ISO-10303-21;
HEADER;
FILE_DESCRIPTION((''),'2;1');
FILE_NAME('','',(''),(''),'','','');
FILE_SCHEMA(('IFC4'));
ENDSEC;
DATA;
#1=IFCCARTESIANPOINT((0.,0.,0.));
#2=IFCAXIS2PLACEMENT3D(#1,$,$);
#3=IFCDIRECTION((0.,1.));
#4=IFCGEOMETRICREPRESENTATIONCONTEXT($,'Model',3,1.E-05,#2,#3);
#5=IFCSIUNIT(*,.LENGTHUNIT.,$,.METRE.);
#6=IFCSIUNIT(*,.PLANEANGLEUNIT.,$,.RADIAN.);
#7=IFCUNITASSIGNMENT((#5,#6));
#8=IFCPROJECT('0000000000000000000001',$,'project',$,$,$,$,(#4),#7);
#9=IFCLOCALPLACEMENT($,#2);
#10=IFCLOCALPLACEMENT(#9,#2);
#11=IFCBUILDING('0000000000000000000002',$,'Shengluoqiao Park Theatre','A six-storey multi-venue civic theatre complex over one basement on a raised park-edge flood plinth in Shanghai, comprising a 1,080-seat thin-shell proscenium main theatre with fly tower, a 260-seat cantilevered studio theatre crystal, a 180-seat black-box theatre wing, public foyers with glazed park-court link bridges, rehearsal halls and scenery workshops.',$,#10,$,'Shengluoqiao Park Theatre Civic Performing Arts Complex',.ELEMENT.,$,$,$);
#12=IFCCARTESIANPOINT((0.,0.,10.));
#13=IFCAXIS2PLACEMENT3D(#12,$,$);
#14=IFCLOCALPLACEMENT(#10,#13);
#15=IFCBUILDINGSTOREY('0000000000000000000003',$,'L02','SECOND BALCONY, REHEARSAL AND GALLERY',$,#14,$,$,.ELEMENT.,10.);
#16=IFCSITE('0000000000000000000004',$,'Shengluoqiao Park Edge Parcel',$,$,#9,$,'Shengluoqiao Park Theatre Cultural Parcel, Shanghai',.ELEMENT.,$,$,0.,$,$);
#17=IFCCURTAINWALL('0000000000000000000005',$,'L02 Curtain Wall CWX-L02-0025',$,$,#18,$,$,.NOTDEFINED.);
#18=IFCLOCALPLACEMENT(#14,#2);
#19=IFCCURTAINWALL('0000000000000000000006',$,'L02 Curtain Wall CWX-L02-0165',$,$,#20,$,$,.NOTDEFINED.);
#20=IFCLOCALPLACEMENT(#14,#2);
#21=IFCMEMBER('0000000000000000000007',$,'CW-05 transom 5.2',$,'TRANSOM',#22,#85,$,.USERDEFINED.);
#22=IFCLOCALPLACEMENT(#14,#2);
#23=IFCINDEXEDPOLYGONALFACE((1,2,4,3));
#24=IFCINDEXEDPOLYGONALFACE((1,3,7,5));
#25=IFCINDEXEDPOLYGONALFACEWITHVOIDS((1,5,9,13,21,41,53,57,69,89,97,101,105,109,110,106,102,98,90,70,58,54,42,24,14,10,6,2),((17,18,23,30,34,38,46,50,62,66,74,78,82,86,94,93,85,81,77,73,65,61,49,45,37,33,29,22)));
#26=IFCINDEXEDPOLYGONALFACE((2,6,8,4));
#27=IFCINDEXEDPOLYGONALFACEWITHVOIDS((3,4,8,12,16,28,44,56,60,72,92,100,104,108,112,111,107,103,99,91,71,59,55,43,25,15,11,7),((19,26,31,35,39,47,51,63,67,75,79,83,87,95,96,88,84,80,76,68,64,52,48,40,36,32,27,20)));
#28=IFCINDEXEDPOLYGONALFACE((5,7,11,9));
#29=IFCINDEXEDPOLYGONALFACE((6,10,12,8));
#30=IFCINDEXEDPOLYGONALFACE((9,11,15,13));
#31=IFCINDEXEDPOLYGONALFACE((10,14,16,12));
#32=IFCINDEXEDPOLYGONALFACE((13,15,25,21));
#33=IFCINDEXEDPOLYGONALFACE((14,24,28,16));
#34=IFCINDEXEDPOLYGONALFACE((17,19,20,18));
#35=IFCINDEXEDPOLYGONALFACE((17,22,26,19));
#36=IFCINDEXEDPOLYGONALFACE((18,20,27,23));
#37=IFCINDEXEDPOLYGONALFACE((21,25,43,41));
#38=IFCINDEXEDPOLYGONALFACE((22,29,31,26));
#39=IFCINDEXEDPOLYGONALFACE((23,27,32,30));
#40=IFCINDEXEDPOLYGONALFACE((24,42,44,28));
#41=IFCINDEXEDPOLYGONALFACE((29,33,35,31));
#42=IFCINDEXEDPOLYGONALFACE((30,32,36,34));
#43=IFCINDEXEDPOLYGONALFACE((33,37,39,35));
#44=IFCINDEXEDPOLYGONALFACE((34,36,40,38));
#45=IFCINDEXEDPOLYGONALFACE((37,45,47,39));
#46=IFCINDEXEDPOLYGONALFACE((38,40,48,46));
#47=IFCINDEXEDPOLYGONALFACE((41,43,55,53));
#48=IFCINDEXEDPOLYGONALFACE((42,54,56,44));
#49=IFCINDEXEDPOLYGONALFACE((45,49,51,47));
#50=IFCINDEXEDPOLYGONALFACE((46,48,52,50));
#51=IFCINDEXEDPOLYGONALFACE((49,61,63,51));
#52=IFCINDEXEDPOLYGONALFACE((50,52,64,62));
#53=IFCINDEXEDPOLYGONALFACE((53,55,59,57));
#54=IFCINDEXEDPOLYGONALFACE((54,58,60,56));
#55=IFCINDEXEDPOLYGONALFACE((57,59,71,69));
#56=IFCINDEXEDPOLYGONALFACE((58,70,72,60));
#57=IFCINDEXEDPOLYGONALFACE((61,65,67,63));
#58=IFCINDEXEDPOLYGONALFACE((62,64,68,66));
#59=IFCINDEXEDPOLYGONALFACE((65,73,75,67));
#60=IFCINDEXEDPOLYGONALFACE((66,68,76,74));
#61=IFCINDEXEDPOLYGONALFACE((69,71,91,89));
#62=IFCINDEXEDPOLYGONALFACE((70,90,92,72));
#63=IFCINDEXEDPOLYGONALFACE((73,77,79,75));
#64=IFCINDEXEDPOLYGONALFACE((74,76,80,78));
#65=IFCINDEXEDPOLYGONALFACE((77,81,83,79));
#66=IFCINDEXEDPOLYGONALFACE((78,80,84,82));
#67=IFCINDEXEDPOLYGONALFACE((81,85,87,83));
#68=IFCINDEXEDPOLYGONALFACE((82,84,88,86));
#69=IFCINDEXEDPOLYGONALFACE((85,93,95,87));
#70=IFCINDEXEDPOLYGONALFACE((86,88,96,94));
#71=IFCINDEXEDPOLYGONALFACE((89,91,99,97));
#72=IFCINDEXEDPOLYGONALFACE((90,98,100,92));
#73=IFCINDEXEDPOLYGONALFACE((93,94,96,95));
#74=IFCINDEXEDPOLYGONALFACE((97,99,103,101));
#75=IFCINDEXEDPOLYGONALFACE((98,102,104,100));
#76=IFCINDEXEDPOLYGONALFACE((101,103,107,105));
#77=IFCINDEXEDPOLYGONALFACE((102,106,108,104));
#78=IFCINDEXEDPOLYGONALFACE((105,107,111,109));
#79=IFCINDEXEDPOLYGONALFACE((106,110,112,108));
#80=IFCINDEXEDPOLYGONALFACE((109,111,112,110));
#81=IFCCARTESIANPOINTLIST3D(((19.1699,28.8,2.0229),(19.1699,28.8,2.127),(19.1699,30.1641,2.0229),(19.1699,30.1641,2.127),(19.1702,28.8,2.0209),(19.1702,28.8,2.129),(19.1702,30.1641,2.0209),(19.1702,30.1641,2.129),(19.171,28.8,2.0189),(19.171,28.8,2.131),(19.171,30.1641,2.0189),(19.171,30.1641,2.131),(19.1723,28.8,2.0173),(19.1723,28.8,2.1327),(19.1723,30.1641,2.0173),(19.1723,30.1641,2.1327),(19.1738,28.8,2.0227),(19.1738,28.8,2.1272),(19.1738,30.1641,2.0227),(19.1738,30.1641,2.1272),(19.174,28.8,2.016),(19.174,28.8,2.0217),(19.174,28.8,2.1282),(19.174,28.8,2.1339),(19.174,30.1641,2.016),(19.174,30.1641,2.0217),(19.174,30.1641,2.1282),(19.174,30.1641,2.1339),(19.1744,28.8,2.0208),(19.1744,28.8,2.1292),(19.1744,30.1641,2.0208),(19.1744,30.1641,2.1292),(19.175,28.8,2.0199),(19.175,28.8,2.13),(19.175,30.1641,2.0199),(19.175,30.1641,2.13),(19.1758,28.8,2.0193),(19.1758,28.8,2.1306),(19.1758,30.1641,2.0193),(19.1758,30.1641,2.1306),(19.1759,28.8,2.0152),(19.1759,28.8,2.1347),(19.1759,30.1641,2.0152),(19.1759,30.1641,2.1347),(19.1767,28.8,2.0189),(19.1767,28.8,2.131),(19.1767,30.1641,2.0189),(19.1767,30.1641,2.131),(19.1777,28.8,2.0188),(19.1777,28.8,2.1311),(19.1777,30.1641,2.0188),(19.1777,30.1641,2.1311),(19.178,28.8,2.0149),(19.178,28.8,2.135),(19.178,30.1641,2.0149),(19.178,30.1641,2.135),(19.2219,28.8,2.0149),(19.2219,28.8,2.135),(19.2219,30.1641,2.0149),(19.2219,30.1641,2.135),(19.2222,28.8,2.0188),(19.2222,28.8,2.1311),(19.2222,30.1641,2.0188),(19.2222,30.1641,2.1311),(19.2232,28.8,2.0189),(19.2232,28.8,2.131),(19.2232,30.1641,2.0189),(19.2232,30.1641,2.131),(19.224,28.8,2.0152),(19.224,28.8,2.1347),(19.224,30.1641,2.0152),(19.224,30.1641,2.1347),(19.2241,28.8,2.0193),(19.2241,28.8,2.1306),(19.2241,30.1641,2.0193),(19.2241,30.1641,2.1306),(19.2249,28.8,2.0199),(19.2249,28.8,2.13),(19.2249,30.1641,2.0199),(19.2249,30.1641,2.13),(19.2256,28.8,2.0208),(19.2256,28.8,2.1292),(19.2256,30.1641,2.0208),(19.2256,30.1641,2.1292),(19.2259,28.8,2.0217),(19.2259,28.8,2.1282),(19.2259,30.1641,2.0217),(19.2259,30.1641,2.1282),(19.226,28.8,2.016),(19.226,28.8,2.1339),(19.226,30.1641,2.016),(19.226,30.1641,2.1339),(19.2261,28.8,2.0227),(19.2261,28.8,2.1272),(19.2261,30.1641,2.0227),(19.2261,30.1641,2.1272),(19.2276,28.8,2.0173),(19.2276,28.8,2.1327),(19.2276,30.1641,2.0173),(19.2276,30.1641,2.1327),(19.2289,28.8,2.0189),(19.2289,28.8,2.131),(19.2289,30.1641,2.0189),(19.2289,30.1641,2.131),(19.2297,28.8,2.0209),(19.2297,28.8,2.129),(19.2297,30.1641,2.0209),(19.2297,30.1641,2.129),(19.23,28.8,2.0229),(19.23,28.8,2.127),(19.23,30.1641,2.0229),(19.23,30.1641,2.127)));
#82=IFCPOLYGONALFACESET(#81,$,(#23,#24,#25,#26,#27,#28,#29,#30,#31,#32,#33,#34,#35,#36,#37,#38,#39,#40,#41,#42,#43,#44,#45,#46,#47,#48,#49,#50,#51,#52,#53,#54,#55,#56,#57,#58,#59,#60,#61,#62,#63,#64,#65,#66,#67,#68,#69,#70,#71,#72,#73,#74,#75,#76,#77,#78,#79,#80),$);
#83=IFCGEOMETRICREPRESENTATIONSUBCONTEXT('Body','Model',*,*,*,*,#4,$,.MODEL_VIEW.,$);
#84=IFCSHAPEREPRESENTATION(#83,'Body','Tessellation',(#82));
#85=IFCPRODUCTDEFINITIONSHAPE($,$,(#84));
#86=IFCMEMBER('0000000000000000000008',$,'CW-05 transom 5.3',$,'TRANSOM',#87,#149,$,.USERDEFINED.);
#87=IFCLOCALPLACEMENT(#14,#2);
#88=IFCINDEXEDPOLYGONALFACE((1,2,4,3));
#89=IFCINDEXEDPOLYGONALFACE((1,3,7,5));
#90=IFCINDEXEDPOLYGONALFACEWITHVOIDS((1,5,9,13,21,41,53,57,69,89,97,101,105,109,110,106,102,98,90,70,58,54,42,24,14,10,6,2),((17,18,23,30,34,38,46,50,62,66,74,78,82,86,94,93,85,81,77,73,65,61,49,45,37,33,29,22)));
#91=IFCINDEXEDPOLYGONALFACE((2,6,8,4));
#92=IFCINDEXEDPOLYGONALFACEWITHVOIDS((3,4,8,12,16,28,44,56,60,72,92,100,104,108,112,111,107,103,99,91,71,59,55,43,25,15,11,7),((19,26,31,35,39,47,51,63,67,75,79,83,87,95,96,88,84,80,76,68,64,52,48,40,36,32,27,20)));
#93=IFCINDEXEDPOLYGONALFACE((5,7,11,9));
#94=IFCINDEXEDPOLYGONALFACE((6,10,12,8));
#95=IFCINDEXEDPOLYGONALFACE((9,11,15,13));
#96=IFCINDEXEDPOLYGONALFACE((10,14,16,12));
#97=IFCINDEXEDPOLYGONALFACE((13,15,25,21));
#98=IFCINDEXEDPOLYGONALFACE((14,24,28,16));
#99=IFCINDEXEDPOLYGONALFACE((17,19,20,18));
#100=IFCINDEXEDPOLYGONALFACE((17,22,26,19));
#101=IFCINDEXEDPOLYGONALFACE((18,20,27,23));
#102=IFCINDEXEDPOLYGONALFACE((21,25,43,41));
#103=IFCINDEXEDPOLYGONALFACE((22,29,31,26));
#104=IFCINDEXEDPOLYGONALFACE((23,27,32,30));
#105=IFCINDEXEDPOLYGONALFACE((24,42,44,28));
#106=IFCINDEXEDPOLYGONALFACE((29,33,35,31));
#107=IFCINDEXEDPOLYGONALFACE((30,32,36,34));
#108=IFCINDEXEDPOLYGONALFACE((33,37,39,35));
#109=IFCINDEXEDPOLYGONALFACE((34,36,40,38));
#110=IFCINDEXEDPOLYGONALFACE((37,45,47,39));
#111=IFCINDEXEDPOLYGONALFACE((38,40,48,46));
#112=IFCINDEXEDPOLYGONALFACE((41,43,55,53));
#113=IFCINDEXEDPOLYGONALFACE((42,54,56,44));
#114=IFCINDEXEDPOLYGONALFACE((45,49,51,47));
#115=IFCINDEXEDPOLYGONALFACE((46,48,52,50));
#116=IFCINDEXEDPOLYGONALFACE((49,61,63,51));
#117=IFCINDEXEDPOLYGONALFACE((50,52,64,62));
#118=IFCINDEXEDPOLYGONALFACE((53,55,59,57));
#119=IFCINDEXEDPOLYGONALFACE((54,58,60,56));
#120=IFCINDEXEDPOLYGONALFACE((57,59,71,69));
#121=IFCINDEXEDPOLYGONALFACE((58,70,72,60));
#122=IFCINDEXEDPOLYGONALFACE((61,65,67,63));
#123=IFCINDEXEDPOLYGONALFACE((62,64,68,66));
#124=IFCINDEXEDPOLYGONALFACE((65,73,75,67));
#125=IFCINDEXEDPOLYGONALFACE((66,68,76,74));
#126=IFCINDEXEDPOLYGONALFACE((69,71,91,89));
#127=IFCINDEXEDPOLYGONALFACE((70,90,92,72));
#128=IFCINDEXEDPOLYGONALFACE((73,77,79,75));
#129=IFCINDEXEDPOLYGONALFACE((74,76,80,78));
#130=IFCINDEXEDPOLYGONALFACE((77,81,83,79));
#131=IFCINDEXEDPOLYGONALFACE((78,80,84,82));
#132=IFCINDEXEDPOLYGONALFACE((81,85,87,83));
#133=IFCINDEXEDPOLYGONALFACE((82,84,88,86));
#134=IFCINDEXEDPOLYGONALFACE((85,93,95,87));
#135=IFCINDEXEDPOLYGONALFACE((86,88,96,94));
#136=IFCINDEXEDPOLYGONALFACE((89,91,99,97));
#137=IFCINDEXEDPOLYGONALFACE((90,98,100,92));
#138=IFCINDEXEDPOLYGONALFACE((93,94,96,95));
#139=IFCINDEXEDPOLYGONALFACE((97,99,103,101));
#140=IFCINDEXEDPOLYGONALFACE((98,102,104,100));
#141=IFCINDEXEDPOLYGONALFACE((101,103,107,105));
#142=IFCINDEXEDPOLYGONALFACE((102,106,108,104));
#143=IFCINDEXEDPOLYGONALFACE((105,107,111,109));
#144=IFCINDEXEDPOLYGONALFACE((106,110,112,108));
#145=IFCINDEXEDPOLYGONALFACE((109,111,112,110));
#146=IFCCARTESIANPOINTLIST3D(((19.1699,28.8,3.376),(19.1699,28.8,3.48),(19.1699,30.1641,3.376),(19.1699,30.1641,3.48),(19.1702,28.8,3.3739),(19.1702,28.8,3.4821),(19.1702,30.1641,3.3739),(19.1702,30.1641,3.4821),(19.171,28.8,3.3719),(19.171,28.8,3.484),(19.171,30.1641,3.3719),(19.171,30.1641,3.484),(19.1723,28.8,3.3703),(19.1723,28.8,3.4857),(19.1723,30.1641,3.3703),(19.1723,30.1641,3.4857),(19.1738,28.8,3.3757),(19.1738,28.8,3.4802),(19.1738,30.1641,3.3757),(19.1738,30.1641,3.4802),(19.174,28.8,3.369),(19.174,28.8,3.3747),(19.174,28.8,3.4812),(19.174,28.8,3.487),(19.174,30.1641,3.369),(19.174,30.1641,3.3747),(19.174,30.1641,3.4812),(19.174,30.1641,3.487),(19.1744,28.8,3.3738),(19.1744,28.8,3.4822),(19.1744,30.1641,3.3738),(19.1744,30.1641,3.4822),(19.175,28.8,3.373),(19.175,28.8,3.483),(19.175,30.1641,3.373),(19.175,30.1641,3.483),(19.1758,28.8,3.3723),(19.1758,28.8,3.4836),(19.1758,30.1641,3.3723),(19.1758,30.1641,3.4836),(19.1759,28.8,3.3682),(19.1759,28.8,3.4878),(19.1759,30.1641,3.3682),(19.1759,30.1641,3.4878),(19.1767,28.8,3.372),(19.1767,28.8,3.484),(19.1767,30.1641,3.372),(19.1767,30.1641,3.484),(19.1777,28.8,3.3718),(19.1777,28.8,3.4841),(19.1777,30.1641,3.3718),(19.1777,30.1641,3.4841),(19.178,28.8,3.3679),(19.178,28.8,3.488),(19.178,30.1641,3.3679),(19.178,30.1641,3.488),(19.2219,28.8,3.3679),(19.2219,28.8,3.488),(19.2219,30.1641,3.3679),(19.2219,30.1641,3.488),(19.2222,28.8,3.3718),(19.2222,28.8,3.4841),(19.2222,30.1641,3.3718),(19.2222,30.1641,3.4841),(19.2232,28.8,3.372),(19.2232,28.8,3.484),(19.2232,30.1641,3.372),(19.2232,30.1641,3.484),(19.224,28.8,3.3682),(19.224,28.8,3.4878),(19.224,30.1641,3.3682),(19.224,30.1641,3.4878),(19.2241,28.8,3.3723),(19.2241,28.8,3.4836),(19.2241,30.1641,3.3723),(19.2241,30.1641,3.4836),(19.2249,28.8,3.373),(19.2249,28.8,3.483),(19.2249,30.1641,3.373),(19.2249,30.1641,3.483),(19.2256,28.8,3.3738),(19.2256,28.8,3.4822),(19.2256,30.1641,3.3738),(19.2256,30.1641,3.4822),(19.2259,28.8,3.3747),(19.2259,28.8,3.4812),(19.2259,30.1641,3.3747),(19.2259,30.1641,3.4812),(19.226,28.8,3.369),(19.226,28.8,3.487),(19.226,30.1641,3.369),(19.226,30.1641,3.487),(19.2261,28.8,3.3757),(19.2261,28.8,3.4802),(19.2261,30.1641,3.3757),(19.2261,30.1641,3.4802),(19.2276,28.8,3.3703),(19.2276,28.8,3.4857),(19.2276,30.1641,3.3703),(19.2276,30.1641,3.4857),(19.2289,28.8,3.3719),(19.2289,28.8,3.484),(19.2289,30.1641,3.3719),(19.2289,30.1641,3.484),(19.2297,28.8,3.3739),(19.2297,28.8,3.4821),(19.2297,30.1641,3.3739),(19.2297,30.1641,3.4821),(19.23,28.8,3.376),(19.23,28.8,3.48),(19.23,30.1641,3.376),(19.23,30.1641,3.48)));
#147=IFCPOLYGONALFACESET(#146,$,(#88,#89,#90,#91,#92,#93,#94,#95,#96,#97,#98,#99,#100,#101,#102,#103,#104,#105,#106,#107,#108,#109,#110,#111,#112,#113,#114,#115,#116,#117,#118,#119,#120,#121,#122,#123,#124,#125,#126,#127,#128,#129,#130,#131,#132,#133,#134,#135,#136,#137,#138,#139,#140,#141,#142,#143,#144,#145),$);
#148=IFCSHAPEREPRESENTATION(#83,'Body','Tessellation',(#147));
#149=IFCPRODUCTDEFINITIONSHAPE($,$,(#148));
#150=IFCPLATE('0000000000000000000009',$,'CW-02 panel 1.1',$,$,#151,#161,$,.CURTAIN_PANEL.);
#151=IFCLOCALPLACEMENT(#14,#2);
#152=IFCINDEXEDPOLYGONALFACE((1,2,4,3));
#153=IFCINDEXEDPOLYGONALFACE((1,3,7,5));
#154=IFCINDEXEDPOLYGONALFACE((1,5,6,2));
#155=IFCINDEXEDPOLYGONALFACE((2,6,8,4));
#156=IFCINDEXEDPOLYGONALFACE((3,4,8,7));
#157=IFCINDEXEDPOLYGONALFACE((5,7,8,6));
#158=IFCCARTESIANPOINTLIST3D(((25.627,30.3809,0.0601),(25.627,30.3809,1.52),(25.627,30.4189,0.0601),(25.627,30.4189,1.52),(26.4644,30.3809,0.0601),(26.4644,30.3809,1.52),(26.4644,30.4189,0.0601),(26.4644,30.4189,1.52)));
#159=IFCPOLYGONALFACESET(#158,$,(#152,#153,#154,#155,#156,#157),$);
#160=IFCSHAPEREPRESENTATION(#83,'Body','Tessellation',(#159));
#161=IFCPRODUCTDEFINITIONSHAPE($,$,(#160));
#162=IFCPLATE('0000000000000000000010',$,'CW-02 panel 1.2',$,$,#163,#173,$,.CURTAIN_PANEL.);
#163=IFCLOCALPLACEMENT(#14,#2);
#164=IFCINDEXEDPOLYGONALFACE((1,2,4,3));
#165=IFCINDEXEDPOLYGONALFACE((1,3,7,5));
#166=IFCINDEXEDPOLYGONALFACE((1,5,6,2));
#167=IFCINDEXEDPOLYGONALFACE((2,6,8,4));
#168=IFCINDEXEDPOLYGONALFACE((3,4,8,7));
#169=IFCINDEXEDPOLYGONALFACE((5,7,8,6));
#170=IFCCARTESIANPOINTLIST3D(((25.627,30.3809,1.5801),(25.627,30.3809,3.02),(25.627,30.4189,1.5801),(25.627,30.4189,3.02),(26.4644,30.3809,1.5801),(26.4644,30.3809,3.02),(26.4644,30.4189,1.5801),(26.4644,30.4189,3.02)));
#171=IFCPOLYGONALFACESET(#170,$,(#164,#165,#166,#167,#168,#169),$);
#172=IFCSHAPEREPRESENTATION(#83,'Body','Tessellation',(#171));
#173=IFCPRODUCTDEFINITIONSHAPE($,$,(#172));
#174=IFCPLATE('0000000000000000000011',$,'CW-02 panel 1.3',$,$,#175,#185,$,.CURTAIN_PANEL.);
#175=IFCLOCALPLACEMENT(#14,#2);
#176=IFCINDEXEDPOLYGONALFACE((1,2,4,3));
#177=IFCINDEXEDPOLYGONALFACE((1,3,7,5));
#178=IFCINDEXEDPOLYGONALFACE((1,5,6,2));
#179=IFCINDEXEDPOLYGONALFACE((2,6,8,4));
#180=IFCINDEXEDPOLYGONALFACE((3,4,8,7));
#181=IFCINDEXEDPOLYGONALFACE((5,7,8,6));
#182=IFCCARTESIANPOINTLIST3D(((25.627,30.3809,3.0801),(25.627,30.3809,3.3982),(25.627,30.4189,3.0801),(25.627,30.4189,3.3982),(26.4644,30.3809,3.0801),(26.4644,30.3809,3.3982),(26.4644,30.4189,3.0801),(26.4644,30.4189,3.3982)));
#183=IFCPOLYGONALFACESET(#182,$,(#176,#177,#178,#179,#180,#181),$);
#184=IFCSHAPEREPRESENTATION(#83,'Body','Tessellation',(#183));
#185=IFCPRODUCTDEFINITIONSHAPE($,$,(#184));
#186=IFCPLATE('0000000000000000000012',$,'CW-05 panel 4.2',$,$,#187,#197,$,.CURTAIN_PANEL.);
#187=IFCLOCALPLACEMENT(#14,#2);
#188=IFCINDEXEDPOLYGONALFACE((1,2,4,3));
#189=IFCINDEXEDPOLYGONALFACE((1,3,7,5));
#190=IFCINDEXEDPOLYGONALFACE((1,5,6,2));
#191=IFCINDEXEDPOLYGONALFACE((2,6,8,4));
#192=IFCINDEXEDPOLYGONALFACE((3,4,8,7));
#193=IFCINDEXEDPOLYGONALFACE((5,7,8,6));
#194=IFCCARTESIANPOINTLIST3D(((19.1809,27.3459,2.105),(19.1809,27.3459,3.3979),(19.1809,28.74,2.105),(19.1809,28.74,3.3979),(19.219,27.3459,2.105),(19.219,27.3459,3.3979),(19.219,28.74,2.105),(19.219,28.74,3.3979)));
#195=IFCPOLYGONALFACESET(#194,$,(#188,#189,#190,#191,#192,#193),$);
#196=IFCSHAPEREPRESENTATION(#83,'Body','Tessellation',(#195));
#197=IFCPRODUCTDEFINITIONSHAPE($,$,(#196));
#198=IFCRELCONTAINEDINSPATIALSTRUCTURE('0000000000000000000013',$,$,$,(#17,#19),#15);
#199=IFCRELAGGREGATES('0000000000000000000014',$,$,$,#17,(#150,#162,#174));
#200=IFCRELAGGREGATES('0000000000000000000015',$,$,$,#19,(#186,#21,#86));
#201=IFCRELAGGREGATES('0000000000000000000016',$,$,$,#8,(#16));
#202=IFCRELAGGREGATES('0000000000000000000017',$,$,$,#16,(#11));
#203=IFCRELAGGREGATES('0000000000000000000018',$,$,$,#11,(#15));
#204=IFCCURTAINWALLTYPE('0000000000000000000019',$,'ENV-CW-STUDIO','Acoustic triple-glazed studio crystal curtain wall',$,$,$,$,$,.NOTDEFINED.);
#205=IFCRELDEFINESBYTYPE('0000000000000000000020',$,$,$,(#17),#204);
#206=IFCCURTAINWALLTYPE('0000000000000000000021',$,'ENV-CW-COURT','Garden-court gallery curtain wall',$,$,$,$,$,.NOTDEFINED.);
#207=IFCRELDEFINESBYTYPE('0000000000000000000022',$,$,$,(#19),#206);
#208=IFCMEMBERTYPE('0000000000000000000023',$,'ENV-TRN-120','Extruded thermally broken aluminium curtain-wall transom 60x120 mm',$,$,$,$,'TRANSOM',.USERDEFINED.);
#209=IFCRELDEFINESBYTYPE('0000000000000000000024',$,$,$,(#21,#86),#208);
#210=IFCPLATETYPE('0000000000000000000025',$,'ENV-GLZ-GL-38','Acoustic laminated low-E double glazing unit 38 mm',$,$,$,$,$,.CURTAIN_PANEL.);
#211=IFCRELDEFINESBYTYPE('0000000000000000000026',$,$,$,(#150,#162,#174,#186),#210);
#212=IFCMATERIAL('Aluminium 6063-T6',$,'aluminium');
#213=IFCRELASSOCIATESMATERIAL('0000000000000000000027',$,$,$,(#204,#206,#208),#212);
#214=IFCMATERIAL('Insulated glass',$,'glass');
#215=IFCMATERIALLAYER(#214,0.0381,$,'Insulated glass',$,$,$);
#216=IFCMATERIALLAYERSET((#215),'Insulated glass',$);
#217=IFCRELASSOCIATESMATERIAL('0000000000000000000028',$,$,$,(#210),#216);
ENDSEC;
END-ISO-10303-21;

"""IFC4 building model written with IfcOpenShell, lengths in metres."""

from ifc_helpers import new_model, si_unit, direction, frame, origin, origin_2d, place, context, subcontext, project, spatial, rectangle, hollow_rectangle, extrude, material, layer, layer_set, material_profile, profile_set, type_object, element, aggregate, save


model = new_model("IFC4")

# Units and contexts
model_context = context("Model", 3, precision=1e-05, world=origin(), true_north=direction((0.0, 1.0)))
body_context = subcontext(model_context, "Body", "Model", "MODEL_VIEW")
ifc_project = project(units=[si_unit("LENGTHUNIT", "METRE"), si_unit("PLANEANGLEUNIT", "RADIAN")], contexts=[model_context])

# Site, building, storey
site_placement = place(None, origin())
site = spatial("IfcSite", under=ifc_project, at=site_placement, Name="Shengluoqiao Park Edge Parcel", LongName="Shengluoqiao Park Theatre Cultural Parcel, Shanghai", CompositionType="ELEMENT", RefElevation=0.0)
building_placement = place(site_placement, origin())
building = spatial("IfcBuilding", under=site, at=building_placement, Name="Shengluoqiao Park Theatre", Description="A six-storey multi-venue civic theatre complex over one basement on a raised park-edge flood plinth in Shanghai, comprising a 1,080-seat thin-shell proscenium main theatre with fly tower, a 260-seat cantilevered studio theatre crystal, a 180-seat black-box theatre wing, public foyers with glazed park-court link bridges, rehearsal halls and scenery workshops.", LongName="Shengluoqiao Park Theatre Civic Performing Arts Complex", CompositionType="ELEMENT")
storey_placement = place(building_placement, frame((0.0, 0.0, 10.0)))
storey = spatial("IfcBuildingStorey", under=building, at=storey_placement, Name="L02", Description="SECOND BALCONY, REHEARSAL AND GALLERY", CompositionType="ELEMENT", Elevation=10.0)

# Curtain walls
ifc_material_1 = material(Name="Aluminium 6063-T6", Category="aluminium")
curtain_wall_type_1 = type_object("IfcCurtainWallType", Name="ENV-CW-STUDIO", Description="Acoustic triple-glazed studio crystal curtain wall", PredefinedType="NOTDEFINED", material=ifc_material_1)
curtain_wall_1_placement = place(storey_placement, origin())
curtain_wall_1 = element("IfcCurtainWall", 1, at=curtain_wall_1_placement, inside=storey, type_object=curtain_wall_type_1, Name="L02 Curtain Wall CWX-L02-0025", PredefinedType="NOTDEFINED")
curtain_wall_type_2 = type_object("IfcCurtainWallType", Name="ENV-CW-COURT", Description="Garden-court gallery curtain wall", PredefinedType="NOTDEFINED", material=ifc_material_1)
curtain_wall_2_placement = place(storey_placement, origin())
curtain_wall_2 = element("IfcCurtainWall", 2, at=curtain_wall_2_placement, inside=storey, type_object=curtain_wall_type_2, Name="L02 Curtain Wall CWX-L02-0165", PredefinedType="NOTDEFINED")

# Members
ifc_material_profile_1 = material_profile(ifc_material_1, hollow_rectangle(XDim=0.0601, YDim=0.1201, WallThickness=0.0039, InnerFilletRadius=0.0039, OuterFilletRadius=0.0081, at=origin_2d()), Name="ALU TRANSOM 120x60x4")
ifc_profile_set_1 = profile_set([ifc_material_profile_1], Name="Aluminium 6063-T6")
member_type_1 = type_object("IfcMemberType", Name="ENV-TRN-120", Description="Extruded thermally broken aluminium curtain-wall transom 60x120 mm", ElementType="TRANSOM", PredefinedType="USERDEFINED", material=ifc_profile_set_1)
member_1_placement = place(storey_placement, frame((19.2, 28.8, 2.075), z_axis=(0.0, 1.0, 0.0), x_axis=(-1.0, 0.0, 0.0)))
member_1 = element("IfcMember", 3, at=member_1_placement, type_object=member_type_1, Name="CW-05 transom 5.2", ObjectType="TRANSOM", PredefinedType="USERDEFINED", context=body_context, shape_type="SweptSolid", body=[
    extrude(hollow_rectangle(XDim=0.0601, YDim=0.1201, WallThickness=0.0039, InnerFilletRadius=0.0039, OuterFilletRadius=0.0081, at=origin_2d()), origin(), (0.0, 0.0, 1.0), 1.364),
])
member_2_placement = place(storey_placement, frame((19.2, 28.8, 3.428), z_axis=(0.0, 1.0, 0.0), x_axis=(-1.0, 0.0, 0.0)))
member_2 = element("IfcMember", 4, at=member_2_placement, type_object=member_type_1, Name="CW-05 transom 5.3", ObjectType="TRANSOM", PredefinedType="USERDEFINED", context=body_context, shape_type="SweptSolid", body=[
    extrude(hollow_rectangle(XDim=0.0601, YDim=0.1201, WallThickness=0.0039, InnerFilletRadius=0.0039, OuterFilletRadius=0.0081, at=origin_2d()), origin(), (0.0, 0.0, 1.0), 1.364),
])

# Plates
ifc_material_2 = material(Name="Insulated glass", Category="glass")
ifc_layer_1 = layer(ifc_material_2, 0.0381, Name="Insulated glass")
ifc_layer_set_1 = layer_set([ifc_layer_1], Name="Insulated glass")
plate_type = type_object("IfcPlateType", Name="ENV-GLZ-GL-38", Description="Acoustic laminated low-E double glazing unit 38 mm", PredefinedType="CURTAIN_PANEL", material=ifc_layer_set_1)
plate_1_placement = place(storey_placement, frame((26.0457, 30.3999, 0.0601), z_axis=(0.0, 0.0, 1.0), x_axis=(1.0, 0.0, 0.0)))
plate_1 = element("IfcPlate", 5, at=plate_1_placement, type_object=plate_type, Name="CW-02 panel 1.1", PredefinedType="CURTAIN_PANEL", context=body_context, shape_type="SweptSolid", body=[
    extrude(rectangle(XDim=0.8374, YDim=0.0381, at=origin_2d()), origin(), (0.0, 0.0, 1.0), 1.46),
])
plate_2_placement = place(storey_placement, frame((26.0457, 30.3999, 1.5801), z_axis=(0.0, 0.0, 1.0), x_axis=(1.0, 0.0, 0.0)))
plate_2 = element("IfcPlate", 6, at=plate_2_placement, type_object=plate_type, Name="CW-02 panel 1.2", PredefinedType="CURTAIN_PANEL", context=body_context, shape_type="SweptSolid", body=[
    extrude(rectangle(XDim=0.8374, YDim=0.0381, at=origin_2d()), origin(), (0.0, 0.0, 1.0), 1.4399),
])
plate_3_placement = place(storey_placement, frame((26.0457, 30.3999, 3.0801), z_axis=(0.0, 0.0, 1.0), x_axis=(1.0, 0.0, 0.0)))
plate_3 = element("IfcPlate", 7, at=plate_3_placement, type_object=plate_type, Name="CW-02 panel 1.3", PredefinedType="CURTAIN_PANEL", context=body_context, shape_type="SweptSolid", body=[
    extrude(rectangle(XDim=0.8374, YDim=0.0381, at=origin_2d()), origin(), (0.0, 0.0, 1.0), 0.3181),
])
aggregate(curtain_wall_1, [plate_1, plate_2, plate_3])
plate_4_placement = place(storey_placement, frame((19.2, 28.043, 2.105), z_axis=(0.0, 0.0, 1.0), x_axis=(0.0, 1.0, 0.0)))
plate_4 = element("IfcPlate", 8, at=plate_4_placement, type_object=plate_type, Name="CW-05 panel 4.2", PredefinedType="CURTAIN_PANEL", context=body_context, shape_type="SweptSolid", body=[
    extrude(rectangle(XDim=1.394, YDim=0.0381, at=origin_2d()), origin(), (0.0, 0.0, 1.0), 1.293),
])
aggregate(curtain_wall_2, [plate_4, member_1, member_2])

save(model, "model.ifc")
